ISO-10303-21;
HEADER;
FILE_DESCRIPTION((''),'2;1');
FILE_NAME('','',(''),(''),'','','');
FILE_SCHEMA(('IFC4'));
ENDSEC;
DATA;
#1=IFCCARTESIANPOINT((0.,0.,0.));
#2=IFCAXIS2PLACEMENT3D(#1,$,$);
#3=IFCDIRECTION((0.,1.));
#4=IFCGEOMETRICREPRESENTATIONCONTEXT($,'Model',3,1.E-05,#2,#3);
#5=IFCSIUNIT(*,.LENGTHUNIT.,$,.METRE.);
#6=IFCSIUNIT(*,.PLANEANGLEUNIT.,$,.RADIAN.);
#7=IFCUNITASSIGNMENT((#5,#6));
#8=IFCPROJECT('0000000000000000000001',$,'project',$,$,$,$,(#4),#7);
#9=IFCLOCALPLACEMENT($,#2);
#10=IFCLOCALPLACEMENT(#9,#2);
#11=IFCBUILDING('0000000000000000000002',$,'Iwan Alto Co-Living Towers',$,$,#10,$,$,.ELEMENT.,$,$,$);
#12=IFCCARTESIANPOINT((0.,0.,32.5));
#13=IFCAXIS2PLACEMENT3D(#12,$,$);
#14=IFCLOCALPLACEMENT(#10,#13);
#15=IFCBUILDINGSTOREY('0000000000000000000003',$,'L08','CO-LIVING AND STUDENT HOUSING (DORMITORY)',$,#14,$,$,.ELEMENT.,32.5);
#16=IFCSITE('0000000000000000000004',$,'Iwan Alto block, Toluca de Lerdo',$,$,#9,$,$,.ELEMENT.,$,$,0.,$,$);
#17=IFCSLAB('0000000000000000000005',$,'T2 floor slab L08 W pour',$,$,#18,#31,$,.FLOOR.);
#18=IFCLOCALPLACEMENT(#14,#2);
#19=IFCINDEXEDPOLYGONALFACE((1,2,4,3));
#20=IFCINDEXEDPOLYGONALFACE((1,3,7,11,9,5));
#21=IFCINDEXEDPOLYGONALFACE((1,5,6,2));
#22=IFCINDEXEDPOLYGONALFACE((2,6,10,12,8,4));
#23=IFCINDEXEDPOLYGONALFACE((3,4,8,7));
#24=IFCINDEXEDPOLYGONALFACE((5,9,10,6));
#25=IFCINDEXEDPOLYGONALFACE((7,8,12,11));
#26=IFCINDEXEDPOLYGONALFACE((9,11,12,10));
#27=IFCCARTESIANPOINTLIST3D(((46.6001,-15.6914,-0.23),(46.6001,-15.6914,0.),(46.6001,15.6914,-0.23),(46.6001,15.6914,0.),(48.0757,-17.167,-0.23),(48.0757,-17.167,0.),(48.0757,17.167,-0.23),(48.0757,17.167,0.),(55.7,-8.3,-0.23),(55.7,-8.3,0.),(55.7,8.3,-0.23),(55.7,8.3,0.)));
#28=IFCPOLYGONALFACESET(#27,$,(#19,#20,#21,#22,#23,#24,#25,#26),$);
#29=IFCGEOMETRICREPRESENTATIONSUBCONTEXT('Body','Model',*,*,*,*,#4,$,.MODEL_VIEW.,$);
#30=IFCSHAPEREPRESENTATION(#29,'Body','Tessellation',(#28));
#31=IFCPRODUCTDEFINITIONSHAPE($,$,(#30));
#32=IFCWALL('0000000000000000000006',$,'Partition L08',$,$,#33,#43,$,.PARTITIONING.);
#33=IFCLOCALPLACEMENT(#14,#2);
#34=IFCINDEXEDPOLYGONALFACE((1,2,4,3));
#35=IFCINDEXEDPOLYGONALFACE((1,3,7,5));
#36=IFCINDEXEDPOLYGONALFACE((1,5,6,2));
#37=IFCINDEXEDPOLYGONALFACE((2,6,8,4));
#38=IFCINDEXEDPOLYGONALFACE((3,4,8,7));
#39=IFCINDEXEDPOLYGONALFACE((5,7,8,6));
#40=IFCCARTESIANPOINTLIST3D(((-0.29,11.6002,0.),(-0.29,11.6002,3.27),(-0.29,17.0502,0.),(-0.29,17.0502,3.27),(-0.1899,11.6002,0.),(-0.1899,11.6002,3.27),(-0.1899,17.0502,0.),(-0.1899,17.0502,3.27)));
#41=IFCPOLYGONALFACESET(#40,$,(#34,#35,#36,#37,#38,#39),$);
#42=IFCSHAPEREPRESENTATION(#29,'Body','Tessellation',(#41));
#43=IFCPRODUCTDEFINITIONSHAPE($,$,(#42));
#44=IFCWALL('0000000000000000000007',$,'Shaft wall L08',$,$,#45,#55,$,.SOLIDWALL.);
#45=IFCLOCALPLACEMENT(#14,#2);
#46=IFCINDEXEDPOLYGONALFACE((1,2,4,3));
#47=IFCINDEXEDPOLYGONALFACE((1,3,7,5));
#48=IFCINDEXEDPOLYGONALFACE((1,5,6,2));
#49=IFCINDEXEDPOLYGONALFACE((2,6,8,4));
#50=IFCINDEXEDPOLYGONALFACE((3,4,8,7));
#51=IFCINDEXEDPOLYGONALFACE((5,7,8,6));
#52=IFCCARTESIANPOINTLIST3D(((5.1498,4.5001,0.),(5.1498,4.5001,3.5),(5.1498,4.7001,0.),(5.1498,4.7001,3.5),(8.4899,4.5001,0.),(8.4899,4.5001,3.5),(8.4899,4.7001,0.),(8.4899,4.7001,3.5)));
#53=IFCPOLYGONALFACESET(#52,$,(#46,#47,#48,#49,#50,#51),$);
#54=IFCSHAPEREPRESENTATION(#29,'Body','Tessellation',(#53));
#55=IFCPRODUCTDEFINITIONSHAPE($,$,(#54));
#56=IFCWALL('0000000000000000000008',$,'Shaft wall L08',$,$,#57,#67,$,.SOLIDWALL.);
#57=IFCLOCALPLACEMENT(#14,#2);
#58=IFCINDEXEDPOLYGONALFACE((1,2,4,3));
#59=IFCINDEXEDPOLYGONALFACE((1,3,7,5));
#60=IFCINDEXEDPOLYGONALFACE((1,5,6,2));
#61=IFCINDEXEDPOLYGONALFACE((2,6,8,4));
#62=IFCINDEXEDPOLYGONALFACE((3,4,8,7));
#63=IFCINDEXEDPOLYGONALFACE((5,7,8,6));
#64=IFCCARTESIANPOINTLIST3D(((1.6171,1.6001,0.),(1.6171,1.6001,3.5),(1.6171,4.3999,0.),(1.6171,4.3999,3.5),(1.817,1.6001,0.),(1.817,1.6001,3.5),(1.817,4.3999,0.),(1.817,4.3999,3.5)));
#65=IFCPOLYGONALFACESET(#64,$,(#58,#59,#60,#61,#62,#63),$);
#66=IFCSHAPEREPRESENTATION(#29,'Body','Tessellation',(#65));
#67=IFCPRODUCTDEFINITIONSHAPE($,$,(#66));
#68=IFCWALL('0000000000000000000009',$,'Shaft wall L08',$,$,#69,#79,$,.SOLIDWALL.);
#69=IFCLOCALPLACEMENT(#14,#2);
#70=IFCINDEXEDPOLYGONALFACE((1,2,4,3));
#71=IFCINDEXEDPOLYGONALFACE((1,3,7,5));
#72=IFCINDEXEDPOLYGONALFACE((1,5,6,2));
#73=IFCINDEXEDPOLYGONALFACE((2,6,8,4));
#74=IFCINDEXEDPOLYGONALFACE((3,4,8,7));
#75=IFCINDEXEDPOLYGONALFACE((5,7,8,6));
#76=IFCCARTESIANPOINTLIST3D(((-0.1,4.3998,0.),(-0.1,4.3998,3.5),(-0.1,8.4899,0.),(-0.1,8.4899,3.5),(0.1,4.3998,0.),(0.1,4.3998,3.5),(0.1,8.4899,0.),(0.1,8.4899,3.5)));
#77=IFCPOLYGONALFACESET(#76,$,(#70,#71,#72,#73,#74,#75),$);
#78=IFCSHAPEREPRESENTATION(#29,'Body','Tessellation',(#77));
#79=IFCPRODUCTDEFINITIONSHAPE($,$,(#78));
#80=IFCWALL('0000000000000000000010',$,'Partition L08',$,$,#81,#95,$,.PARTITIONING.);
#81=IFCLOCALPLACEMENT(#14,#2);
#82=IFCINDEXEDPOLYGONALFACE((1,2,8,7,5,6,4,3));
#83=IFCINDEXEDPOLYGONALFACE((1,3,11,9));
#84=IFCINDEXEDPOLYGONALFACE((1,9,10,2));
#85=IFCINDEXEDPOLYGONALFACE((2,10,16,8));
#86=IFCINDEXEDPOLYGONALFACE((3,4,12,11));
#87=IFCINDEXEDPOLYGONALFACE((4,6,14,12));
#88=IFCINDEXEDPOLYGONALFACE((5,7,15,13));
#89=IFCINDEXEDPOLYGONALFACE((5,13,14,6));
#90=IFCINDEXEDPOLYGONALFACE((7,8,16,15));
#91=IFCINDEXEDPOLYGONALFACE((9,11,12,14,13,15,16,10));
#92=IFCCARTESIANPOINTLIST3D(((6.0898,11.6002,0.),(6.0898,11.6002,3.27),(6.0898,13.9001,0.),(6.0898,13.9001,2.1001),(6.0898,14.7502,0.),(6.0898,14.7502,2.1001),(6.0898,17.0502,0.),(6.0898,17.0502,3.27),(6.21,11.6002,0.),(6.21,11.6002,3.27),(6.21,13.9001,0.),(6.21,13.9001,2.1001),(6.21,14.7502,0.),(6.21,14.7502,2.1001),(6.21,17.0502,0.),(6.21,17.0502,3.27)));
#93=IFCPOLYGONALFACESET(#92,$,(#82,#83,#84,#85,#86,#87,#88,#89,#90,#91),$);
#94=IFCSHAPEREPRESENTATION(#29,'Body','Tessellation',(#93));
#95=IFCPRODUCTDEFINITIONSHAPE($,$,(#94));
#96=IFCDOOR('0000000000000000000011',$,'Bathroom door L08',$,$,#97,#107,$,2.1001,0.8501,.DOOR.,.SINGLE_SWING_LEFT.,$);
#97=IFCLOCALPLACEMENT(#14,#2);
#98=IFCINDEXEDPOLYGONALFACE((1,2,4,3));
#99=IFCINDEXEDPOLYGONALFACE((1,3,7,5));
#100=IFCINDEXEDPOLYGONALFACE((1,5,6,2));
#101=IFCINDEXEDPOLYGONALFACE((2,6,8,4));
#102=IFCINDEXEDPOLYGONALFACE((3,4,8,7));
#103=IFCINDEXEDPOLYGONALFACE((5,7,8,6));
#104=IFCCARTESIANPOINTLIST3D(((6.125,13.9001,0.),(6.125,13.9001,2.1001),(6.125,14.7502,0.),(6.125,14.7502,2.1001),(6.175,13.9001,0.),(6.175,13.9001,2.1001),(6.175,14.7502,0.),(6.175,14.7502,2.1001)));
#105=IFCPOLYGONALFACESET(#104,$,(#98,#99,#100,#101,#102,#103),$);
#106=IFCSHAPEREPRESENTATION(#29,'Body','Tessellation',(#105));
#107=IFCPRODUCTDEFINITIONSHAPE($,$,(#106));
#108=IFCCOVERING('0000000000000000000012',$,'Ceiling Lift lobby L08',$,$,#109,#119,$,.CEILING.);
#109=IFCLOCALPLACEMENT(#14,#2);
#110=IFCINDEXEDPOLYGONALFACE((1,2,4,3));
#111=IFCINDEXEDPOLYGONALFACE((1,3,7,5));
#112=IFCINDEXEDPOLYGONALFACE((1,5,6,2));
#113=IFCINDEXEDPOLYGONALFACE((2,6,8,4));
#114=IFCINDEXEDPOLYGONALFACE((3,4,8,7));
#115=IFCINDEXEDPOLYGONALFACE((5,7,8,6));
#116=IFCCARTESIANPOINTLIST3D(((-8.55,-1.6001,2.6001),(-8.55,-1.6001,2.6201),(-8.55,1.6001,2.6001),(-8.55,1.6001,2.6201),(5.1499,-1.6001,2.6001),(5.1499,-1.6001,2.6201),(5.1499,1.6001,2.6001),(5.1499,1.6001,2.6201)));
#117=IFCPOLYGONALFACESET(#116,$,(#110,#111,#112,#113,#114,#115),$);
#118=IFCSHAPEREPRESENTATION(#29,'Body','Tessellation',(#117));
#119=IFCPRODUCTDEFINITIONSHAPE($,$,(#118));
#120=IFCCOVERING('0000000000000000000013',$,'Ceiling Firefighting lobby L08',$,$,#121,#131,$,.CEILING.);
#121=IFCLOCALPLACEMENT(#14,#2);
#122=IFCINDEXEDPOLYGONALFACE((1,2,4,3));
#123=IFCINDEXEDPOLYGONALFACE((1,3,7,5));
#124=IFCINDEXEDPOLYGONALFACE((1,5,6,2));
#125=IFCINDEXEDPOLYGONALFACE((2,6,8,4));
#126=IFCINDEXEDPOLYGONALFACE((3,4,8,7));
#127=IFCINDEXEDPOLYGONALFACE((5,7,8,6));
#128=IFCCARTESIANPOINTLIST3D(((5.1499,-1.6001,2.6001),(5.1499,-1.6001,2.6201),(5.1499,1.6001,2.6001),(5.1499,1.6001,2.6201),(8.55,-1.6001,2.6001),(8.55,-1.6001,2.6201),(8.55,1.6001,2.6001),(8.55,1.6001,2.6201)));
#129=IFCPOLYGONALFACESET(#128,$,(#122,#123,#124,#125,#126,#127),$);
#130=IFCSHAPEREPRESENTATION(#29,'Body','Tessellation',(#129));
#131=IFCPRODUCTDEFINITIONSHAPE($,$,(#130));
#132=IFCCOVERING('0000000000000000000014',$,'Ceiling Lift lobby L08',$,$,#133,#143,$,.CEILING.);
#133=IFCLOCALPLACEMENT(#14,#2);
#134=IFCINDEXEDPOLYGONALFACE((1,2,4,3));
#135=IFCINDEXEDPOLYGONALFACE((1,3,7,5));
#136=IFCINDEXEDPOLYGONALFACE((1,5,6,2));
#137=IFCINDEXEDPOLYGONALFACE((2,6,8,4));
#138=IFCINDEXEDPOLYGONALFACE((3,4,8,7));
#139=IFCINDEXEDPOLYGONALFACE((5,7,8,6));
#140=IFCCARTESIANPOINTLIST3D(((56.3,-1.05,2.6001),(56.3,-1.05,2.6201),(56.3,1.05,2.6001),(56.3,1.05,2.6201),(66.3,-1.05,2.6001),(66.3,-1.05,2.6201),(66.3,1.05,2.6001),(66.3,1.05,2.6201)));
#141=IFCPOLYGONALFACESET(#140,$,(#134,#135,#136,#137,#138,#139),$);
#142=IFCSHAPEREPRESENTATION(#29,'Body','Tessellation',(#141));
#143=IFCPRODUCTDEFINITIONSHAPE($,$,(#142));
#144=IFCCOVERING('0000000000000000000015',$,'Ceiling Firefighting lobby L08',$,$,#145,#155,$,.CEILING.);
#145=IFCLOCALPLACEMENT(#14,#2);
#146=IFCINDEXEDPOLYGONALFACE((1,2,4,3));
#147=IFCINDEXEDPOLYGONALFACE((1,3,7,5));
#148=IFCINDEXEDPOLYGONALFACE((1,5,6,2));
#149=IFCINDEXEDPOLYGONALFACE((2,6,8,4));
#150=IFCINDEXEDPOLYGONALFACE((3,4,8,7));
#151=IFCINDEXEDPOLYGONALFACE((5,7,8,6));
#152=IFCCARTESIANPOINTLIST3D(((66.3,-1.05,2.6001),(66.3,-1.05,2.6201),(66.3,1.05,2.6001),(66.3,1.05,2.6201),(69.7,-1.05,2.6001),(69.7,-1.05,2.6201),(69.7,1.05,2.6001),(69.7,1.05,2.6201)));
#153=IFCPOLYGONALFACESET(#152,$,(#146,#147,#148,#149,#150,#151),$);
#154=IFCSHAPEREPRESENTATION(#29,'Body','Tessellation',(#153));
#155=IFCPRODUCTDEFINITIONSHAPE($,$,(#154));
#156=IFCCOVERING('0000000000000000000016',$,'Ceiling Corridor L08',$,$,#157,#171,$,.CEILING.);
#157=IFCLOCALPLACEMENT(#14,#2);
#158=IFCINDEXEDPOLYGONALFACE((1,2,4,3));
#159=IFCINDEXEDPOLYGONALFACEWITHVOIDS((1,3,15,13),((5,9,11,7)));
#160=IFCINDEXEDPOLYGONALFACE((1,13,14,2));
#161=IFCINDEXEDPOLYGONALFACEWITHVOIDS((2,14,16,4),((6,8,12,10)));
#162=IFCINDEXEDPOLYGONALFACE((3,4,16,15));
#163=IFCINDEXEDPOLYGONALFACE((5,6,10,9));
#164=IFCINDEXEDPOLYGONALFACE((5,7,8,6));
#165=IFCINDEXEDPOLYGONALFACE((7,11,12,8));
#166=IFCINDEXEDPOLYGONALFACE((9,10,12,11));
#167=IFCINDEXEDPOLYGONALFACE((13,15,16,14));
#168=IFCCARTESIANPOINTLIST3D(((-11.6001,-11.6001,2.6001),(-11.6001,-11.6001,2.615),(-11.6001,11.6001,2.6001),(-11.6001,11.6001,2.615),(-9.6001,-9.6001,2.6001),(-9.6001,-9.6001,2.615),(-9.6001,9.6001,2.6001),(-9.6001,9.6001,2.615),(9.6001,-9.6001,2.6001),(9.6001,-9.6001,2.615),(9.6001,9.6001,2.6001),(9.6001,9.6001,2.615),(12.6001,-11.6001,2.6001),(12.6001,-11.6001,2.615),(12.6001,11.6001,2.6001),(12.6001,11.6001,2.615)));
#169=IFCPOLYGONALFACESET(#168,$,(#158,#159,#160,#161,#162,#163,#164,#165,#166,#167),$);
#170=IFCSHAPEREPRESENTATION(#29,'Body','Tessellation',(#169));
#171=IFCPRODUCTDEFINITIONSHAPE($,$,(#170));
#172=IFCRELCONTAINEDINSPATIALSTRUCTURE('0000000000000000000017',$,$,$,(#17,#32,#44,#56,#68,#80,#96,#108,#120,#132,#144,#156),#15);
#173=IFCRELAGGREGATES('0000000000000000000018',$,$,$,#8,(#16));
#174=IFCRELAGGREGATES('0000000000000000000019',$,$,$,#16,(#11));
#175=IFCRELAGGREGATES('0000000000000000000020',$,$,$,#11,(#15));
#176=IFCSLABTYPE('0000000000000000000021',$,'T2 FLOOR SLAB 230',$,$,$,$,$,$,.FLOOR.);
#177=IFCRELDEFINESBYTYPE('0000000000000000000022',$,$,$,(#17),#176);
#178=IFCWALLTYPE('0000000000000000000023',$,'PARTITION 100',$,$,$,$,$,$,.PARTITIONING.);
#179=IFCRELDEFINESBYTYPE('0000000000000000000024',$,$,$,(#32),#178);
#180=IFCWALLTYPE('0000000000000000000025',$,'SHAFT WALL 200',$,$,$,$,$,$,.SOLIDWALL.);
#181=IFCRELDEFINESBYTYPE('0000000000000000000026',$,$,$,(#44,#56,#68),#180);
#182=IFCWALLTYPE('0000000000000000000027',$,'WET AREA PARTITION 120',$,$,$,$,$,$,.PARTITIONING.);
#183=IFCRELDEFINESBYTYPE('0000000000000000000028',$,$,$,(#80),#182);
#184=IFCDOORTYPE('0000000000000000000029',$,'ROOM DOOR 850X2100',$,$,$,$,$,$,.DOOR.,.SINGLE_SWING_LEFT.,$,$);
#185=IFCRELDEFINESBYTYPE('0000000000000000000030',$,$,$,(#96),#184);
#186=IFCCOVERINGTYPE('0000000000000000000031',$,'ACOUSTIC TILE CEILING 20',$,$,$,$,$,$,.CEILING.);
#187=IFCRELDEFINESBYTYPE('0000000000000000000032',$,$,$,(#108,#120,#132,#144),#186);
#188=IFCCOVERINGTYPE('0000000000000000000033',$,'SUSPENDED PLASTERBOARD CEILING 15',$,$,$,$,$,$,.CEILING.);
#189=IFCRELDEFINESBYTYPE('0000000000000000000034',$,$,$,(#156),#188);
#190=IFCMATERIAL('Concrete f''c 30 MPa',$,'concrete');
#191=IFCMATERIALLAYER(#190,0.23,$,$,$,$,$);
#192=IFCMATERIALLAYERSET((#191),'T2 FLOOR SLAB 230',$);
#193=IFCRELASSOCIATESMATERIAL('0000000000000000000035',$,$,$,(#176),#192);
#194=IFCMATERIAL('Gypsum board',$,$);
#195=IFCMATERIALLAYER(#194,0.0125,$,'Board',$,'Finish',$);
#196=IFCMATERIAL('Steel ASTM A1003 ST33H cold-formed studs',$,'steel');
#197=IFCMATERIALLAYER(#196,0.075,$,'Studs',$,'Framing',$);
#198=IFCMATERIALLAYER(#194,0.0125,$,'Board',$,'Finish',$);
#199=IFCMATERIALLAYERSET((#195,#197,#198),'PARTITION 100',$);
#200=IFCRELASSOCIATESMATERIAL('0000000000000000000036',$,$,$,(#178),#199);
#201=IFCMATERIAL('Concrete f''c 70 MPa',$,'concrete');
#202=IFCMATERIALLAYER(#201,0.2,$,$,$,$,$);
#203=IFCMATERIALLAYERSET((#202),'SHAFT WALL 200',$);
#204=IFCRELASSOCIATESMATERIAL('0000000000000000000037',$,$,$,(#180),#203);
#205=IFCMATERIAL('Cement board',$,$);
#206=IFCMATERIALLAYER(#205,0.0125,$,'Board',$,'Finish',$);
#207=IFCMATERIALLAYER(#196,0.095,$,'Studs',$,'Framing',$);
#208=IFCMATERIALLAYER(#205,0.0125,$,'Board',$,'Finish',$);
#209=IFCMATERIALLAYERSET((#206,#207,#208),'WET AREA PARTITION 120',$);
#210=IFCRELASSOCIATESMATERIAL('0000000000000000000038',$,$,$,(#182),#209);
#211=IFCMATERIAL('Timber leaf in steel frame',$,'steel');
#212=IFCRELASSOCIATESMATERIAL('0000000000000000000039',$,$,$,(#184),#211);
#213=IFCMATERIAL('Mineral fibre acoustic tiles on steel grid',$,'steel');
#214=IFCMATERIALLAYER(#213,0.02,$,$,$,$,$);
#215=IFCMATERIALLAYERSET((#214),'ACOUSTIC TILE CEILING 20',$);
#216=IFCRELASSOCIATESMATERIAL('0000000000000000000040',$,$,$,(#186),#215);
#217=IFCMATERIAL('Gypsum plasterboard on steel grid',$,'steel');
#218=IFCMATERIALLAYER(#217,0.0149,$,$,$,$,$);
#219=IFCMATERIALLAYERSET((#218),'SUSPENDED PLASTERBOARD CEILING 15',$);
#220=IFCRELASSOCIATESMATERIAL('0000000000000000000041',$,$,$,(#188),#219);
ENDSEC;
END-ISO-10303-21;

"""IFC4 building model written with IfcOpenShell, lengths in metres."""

from ifc_helpers import new_model, si_unit, direction, frame, frame_2d, origin, place, context, subcontext, project, spatial, polyline, rectangle, outline, extrude, material, layer, layer_set, type_object, element, fill, save


model = new_model("IFC4")

# Units and contexts
model_context = context("Model", 3, precision=1e-05, world=origin(), true_north=direction((0.0, 1.0)))
body_context = subcontext(model_context, "Body", "Model", "MODEL_VIEW")
ifc_project = project(units=[si_unit("LENGTHUNIT", "METRE"), si_unit("PLANEANGLEUNIT", "RADIAN")], contexts=[model_context])

# Site, building, storey
site_placement = place(None, origin())
site = spatial("IfcSite", under=ifc_project, at=site_placement, Name="Iwan Alto block, Toluca de Lerdo", CompositionType="ELEMENT", RefElevation=0.0)
building_placement = place(site_placement, origin())
building = spatial("IfcBuilding", under=site, at=building_placement, Name="Iwan Alto Co-Living Towers", CompositionType="ELEMENT")
storey_placement = place(building_placement, frame((0.0, 0.0, 32.5)))
storey = spatial("IfcBuildingStorey", under=building, at=storey_placement, Name="L08", Description="CO-LIVING AND STUDENT HOUSING (DORMITORY)", CompositionType="ELEMENT", Elevation=32.5)

# Slab
ifc_material_1 = material(Name="Concrete f'c 30 MPa", Category="concrete")
ifc_layer_1 = layer(ifc_material_1, 0.23)
ifc_layer_set_1 = layer_set([ifc_layer_1], Name="T2 FLOOR SLAB 230")
slab_type_1 = type_object("IfcSlabType", Name="T2 FLOOR SLAB 230", PredefinedType="FLOOR", material=ifc_layer_set_1)
slab_1_placement = place(storey_placement, frame((0.0, 0.0, -0.23)))
element("IfcSlab", 1, at=slab_1_placement, inside=storey, type_object=slab_type_1, Name="T2 floor slab L08 W pour", PredefinedType="FLOOR", context=body_context, shape_type="SweptSolid", body=[
    extrude(outline(polyline([(46.6001, 15.6914), (48.0757, 17.167), (55.7, 8.3), (55.7, -8.3), (48.0757, -17.167), (46.6001, -15.6914), (46.6001, 15.6914)])), origin(), (0.0, 0.0, 1.0), 0.23),
])

# Walls
ifc_material_2 = material(Name="Gypsum board")
ifc_layer_2 = layer(ifc_material_2, 0.0125, Name="Board", Category="Finish")
ifc_material_3 = material(Name="Steel ASTM A1003 ST33H cold-formed studs", Category="steel")
ifc_layer_3 = layer(ifc_material_3, 0.075, Name="Studs", Category="Framing")
ifc_layer_4 = layer(ifc_material_2, 0.0125, Name="Board", Category="Finish")
ifc_layer_set_2 = layer_set([ifc_layer_2, ifc_layer_3, ifc_layer_4], Name="PARTITION 100")
wall_type_1 = type_object("IfcWallType", Name="PARTITION 100", PredefinedType="PARTITIONING", material=ifc_layer_set_2)
wall_1_placement = place(storey_placement, frame((-0.24, 11.6001, 0.0), z_axis=(0.0, 0.0, 1.0), x_axis=(0.0, 1.0, 0.0)))
element("IfcWall", 2, at=wall_1_placement, inside=storey, type_object=wall_type_1, Name="Partition L08", PredefinedType="PARTITIONING", context=body_context, shape_type="SweptSolid", body=[
    extrude(rectangle(XDim=5.45, YDim=0.1001, at=frame_2d((2.7251, 0.0))), origin(), (0.0, 0.0, 1.0), 3.27),
])
ifc_material_4 = material(Name="Concrete f'c 70 MPa", Category="concrete")
ifc_layer_5 = layer(ifc_material_4, 0.2)
ifc_layer_set_3 = layer_set([ifc_layer_5], Name="SHAFT WALL 200")
wall_type_2 = type_object("IfcWallType", Name="SHAFT WALL 200", PredefinedType="SOLIDWALL", material=ifc_layer_set_3)
wall_2_placement = place(storey_placement, frame((5.1499, 4.6001, 0.0), z_axis=(0.0, 0.0, 1.0), x_axis=(1.0, 0.0, 0.0)))
element("IfcWall", 3, at=wall_2_placement, inside=storey, type_object=wall_type_2, Name="Shaft wall L08", PredefinedType="SOLIDWALL", context=body_context, shape_type="SweptSolid", body=[
    extrude(rectangle(XDim=3.3401, YDim=0.2, at=frame_2d((1.6699, 0.0))), origin(), (0.0, 0.0, 1.0), 3.5),
])
wall_3_placement = place(storey_placement, frame((1.717, 1.6001, 0.0), z_axis=(0.0, 0.0, 1.0), x_axis=(0.0, 1.0, 0.0)))
element("IfcWall", 4, at=wall_3_placement, inside=storey, type_object=wall_type_2, Name="Shaft wall L08", PredefinedType="SOLIDWALL", context=body_context, shape_type="SweptSolid", body=[
    extrude(rectangle(XDim=2.7998, YDim=0.2, at=frame_2d((1.3999, 0.0))), origin(), (0.0, 0.0, 1.0), 3.5),
])
wall_4_placement = place(storey_placement, frame((0.0, 4.3999, 0.0), z_axis=(0.0, 0.0, 1.0), x_axis=(0.0, 1.0, 0.0)))
element("IfcWall", 5, at=wall_4_placement, inside=storey, type_object=wall_type_2, Name="Shaft wall L08", PredefinedType="SOLIDWALL", context=body_context, shape_type="SweptSolid", body=[
    extrude(rectangle(XDim=4.0901, YDim=0.2, at=frame_2d((2.0449, 0.0))), origin(), (0.0, 0.0, 1.0), 3.5),
])

# Wall, opening, door
ifc_material_5 = material(Name="Cement board")
ifc_layer_6 = layer(ifc_material_5, 0.0125, Name="Board", Category="Finish")
ifc_layer_7 = layer(ifc_material_3, 0.095, Name="Studs", Category="Framing")
ifc_layer_8 = layer(ifc_material_5, 0.0125, Name="Board", Category="Finish")
ifc_layer_set_4 = layer_set([ifc_layer_6, ifc_layer_7, ifc_layer_8], Name="WET AREA PARTITION 120")
wall_type_3 = type_object("IfcWallType", Name="WET AREA PARTITION 120", PredefinedType="PARTITIONING", material=ifc_layer_set_4)
wall_5_placement = place(storey_placement, frame((6.1499, 11.6001, 0.0), z_axis=(0.0, 0.0, 1.0), x_axis=(0.0, 1.0, 0.0)))
wall_5 = element("IfcWall", 6, at=wall_5_placement, inside=storey, type_object=wall_type_3, Name="Partition L08", PredefinedType="PARTITIONING", context=body_context, shape_type="SweptSolid", body=[
    extrude(rectangle(XDim=5.45, YDim=0.1201, at=frame_2d((2.7251, 0.0))), origin(), (0.0, 0.0, 1.0), 3.27),
])
opening_placement = place(wall_5_placement, frame((2.3, 0.0, 0.0)))
opening = element("IfcOpeningElement", 7, at=opening_placement, cuts=wall_5, PredefinedType="OPENING", context=body_context, shape_type="SweptSolid", body=[
    extrude(rectangle(XDim=0.8501, YDim=2.1001, at=frame_2d((0.425, 1.05))), frame((0.0, 0.0701, 0.0), z_axis=(0.0, -1.0, 0.0), x_axis=(1.0, 0.0, 0.0)), (0.0, 0.0, 1.0), 0.1401),
])
ifc_material_6 = material(Name="Timber leaf in steel frame", Category="steel")
door_type = type_object("IfcDoorType", Name="ROOM DOOR 850X2100", OperationType="SINGLE_SWING_LEFT", PredefinedType="DOOR", material=ifc_material_6)
door_placement = place(opening_placement, origin())
door = element("IfcDoor", 8, at=door_placement, inside=storey, type_object=door_type, Name="Bathroom door L08", OperationType="SINGLE_SWING_LEFT", OverallHeight=2.1001, OverallWidth=0.8501, PredefinedType="DOOR", context=body_context, shape_type="SweptSolid", body=[
    extrude(rectangle(XDim=0.8501, YDim=2.1001, at=frame_2d((0.425, 1.05))), frame((0.0, 0.0249, 0.0), z_axis=(0.0, -1.0, 0.0), x_axis=(1.0, 0.0, 0.0)), (0.0, 0.0, 1.0), 0.05),
])
fill(opening, door)

# Coverings
ifc_material_7 = material(Name="Mineral fibre acoustic tiles on steel grid", Category="steel")
ifc_layer_9 = layer(ifc_material_7, 0.02)
ifc_layer_set_5 = layer_set([ifc_layer_9], Name="ACOUSTIC TILE CEILING 20")
covering_type_1 = type_object("IfcCoveringType", Name="ACOUSTIC TILE CEILING 20", PredefinedType="CEILING", material=ifc_layer_set_5)
covering_1_placement = place(storey_placement, frame((0.0, 0.0, 2.6001)))
element("IfcCovering", 9, at=covering_1_placement, inside=storey, type_object=covering_type_1, Name="Ceiling Lift lobby L08", PredefinedType="CEILING", context=body_context, shape_type="SweptSolid", body=[
    extrude(outline(polyline([(-8.55, -1.6001), (-8.55, 1.6001), (5.1499, 1.6001), (5.1499, -1.6001), (-8.55, -1.6001)])), origin(), (0.0, 0.0, 1.0), 0.02),
])
covering_2_placement = place(storey_placement, frame((0.0, 0.0, 2.6001)))
element("IfcCovering", 10, at=covering_2_placement, inside=storey, type_object=covering_type_1, Name="Ceiling Firefighting lobby L08", PredefinedType="CEILING", context=body_context, shape_type="SweptSolid", body=[
    extrude(outline(polyline([(5.1499, -1.6001), (5.1499, 1.6001), (8.55, 1.6001), (8.55, -1.6001), (5.1499, -1.6001)])), origin(), (0.0, 0.0, 1.0), 0.02),
])
covering_3_placement = place(storey_placement, frame((0.0, 0.0, 2.6001)))
element("IfcCovering", 11, at=covering_3_placement, inside=storey, type_object=covering_type_1, Name="Ceiling Lift lobby L08", PredefinedType="CEILING", context=body_context, shape_type="SweptSolid", body=[
    extrude(outline(polyline([(56.3, -1.05), (56.3, 1.05), (66.3, 1.05), (66.3, -1.05), (56.3, -1.05)])), origin(), (0.0, 0.0, 1.0), 0.02),
])
covering_4_placement = place(storey_placement, frame((0.0, 0.0, 2.6001)))
element("IfcCovering", 12, at=covering_4_placement, inside=storey, type_object=covering_type_1, Name="Ceiling Firefighting lobby L08", PredefinedType="CEILING", context=body_context, shape_type="SweptSolid", body=[
    extrude(outline(polyline([(66.3, -1.05), (66.3, 1.05), (69.7, 1.05), (69.7, -1.05), (66.3, -1.05)])), origin(), (0.0, 0.0, 1.0), 0.02),
])
ifc_material_8 = material(Name="Gypsum plasterboard on steel grid", Category="steel")
ifc_layer_10 = layer(ifc_material_8, 0.0149)
ifc_layer_set_6 = layer_set([ifc_layer_10], Name="SUSPENDED PLASTERBOARD CEILING 15")
covering_type_2 = type_object("IfcCoveringType", Name="SUSPENDED PLASTERBOARD CEILING 15", PredefinedType="CEILING", material=ifc_layer_set_6)
covering_5_placement = place(storey_placement, frame((0.0, 0.0, 2.6001)))
element("IfcCovering", 13, at=covering_5_placement, inside=storey, type_object=covering_type_2, Name="Ceiling Corridor L08", PredefinedType="CEILING", context=body_context, shape_type="SweptSolid", body=[
    extrude(outline(polyline([(-11.6001, 11.6001), (12.6001, 11.6001), (12.6001, -11.6001), (-11.6001, -11.6001), (-11.6001, 11.6001)]), holes=[polyline([(-9.6001, 9.6001), (-9.6001, -9.6001), (9.6001, -9.6001), (9.6001, 9.6001), (-9.6001, 9.6001)])]), origin(), (0.0, 0.0, 1.0), 0.0149),
])

save(model, "model.ifc")
